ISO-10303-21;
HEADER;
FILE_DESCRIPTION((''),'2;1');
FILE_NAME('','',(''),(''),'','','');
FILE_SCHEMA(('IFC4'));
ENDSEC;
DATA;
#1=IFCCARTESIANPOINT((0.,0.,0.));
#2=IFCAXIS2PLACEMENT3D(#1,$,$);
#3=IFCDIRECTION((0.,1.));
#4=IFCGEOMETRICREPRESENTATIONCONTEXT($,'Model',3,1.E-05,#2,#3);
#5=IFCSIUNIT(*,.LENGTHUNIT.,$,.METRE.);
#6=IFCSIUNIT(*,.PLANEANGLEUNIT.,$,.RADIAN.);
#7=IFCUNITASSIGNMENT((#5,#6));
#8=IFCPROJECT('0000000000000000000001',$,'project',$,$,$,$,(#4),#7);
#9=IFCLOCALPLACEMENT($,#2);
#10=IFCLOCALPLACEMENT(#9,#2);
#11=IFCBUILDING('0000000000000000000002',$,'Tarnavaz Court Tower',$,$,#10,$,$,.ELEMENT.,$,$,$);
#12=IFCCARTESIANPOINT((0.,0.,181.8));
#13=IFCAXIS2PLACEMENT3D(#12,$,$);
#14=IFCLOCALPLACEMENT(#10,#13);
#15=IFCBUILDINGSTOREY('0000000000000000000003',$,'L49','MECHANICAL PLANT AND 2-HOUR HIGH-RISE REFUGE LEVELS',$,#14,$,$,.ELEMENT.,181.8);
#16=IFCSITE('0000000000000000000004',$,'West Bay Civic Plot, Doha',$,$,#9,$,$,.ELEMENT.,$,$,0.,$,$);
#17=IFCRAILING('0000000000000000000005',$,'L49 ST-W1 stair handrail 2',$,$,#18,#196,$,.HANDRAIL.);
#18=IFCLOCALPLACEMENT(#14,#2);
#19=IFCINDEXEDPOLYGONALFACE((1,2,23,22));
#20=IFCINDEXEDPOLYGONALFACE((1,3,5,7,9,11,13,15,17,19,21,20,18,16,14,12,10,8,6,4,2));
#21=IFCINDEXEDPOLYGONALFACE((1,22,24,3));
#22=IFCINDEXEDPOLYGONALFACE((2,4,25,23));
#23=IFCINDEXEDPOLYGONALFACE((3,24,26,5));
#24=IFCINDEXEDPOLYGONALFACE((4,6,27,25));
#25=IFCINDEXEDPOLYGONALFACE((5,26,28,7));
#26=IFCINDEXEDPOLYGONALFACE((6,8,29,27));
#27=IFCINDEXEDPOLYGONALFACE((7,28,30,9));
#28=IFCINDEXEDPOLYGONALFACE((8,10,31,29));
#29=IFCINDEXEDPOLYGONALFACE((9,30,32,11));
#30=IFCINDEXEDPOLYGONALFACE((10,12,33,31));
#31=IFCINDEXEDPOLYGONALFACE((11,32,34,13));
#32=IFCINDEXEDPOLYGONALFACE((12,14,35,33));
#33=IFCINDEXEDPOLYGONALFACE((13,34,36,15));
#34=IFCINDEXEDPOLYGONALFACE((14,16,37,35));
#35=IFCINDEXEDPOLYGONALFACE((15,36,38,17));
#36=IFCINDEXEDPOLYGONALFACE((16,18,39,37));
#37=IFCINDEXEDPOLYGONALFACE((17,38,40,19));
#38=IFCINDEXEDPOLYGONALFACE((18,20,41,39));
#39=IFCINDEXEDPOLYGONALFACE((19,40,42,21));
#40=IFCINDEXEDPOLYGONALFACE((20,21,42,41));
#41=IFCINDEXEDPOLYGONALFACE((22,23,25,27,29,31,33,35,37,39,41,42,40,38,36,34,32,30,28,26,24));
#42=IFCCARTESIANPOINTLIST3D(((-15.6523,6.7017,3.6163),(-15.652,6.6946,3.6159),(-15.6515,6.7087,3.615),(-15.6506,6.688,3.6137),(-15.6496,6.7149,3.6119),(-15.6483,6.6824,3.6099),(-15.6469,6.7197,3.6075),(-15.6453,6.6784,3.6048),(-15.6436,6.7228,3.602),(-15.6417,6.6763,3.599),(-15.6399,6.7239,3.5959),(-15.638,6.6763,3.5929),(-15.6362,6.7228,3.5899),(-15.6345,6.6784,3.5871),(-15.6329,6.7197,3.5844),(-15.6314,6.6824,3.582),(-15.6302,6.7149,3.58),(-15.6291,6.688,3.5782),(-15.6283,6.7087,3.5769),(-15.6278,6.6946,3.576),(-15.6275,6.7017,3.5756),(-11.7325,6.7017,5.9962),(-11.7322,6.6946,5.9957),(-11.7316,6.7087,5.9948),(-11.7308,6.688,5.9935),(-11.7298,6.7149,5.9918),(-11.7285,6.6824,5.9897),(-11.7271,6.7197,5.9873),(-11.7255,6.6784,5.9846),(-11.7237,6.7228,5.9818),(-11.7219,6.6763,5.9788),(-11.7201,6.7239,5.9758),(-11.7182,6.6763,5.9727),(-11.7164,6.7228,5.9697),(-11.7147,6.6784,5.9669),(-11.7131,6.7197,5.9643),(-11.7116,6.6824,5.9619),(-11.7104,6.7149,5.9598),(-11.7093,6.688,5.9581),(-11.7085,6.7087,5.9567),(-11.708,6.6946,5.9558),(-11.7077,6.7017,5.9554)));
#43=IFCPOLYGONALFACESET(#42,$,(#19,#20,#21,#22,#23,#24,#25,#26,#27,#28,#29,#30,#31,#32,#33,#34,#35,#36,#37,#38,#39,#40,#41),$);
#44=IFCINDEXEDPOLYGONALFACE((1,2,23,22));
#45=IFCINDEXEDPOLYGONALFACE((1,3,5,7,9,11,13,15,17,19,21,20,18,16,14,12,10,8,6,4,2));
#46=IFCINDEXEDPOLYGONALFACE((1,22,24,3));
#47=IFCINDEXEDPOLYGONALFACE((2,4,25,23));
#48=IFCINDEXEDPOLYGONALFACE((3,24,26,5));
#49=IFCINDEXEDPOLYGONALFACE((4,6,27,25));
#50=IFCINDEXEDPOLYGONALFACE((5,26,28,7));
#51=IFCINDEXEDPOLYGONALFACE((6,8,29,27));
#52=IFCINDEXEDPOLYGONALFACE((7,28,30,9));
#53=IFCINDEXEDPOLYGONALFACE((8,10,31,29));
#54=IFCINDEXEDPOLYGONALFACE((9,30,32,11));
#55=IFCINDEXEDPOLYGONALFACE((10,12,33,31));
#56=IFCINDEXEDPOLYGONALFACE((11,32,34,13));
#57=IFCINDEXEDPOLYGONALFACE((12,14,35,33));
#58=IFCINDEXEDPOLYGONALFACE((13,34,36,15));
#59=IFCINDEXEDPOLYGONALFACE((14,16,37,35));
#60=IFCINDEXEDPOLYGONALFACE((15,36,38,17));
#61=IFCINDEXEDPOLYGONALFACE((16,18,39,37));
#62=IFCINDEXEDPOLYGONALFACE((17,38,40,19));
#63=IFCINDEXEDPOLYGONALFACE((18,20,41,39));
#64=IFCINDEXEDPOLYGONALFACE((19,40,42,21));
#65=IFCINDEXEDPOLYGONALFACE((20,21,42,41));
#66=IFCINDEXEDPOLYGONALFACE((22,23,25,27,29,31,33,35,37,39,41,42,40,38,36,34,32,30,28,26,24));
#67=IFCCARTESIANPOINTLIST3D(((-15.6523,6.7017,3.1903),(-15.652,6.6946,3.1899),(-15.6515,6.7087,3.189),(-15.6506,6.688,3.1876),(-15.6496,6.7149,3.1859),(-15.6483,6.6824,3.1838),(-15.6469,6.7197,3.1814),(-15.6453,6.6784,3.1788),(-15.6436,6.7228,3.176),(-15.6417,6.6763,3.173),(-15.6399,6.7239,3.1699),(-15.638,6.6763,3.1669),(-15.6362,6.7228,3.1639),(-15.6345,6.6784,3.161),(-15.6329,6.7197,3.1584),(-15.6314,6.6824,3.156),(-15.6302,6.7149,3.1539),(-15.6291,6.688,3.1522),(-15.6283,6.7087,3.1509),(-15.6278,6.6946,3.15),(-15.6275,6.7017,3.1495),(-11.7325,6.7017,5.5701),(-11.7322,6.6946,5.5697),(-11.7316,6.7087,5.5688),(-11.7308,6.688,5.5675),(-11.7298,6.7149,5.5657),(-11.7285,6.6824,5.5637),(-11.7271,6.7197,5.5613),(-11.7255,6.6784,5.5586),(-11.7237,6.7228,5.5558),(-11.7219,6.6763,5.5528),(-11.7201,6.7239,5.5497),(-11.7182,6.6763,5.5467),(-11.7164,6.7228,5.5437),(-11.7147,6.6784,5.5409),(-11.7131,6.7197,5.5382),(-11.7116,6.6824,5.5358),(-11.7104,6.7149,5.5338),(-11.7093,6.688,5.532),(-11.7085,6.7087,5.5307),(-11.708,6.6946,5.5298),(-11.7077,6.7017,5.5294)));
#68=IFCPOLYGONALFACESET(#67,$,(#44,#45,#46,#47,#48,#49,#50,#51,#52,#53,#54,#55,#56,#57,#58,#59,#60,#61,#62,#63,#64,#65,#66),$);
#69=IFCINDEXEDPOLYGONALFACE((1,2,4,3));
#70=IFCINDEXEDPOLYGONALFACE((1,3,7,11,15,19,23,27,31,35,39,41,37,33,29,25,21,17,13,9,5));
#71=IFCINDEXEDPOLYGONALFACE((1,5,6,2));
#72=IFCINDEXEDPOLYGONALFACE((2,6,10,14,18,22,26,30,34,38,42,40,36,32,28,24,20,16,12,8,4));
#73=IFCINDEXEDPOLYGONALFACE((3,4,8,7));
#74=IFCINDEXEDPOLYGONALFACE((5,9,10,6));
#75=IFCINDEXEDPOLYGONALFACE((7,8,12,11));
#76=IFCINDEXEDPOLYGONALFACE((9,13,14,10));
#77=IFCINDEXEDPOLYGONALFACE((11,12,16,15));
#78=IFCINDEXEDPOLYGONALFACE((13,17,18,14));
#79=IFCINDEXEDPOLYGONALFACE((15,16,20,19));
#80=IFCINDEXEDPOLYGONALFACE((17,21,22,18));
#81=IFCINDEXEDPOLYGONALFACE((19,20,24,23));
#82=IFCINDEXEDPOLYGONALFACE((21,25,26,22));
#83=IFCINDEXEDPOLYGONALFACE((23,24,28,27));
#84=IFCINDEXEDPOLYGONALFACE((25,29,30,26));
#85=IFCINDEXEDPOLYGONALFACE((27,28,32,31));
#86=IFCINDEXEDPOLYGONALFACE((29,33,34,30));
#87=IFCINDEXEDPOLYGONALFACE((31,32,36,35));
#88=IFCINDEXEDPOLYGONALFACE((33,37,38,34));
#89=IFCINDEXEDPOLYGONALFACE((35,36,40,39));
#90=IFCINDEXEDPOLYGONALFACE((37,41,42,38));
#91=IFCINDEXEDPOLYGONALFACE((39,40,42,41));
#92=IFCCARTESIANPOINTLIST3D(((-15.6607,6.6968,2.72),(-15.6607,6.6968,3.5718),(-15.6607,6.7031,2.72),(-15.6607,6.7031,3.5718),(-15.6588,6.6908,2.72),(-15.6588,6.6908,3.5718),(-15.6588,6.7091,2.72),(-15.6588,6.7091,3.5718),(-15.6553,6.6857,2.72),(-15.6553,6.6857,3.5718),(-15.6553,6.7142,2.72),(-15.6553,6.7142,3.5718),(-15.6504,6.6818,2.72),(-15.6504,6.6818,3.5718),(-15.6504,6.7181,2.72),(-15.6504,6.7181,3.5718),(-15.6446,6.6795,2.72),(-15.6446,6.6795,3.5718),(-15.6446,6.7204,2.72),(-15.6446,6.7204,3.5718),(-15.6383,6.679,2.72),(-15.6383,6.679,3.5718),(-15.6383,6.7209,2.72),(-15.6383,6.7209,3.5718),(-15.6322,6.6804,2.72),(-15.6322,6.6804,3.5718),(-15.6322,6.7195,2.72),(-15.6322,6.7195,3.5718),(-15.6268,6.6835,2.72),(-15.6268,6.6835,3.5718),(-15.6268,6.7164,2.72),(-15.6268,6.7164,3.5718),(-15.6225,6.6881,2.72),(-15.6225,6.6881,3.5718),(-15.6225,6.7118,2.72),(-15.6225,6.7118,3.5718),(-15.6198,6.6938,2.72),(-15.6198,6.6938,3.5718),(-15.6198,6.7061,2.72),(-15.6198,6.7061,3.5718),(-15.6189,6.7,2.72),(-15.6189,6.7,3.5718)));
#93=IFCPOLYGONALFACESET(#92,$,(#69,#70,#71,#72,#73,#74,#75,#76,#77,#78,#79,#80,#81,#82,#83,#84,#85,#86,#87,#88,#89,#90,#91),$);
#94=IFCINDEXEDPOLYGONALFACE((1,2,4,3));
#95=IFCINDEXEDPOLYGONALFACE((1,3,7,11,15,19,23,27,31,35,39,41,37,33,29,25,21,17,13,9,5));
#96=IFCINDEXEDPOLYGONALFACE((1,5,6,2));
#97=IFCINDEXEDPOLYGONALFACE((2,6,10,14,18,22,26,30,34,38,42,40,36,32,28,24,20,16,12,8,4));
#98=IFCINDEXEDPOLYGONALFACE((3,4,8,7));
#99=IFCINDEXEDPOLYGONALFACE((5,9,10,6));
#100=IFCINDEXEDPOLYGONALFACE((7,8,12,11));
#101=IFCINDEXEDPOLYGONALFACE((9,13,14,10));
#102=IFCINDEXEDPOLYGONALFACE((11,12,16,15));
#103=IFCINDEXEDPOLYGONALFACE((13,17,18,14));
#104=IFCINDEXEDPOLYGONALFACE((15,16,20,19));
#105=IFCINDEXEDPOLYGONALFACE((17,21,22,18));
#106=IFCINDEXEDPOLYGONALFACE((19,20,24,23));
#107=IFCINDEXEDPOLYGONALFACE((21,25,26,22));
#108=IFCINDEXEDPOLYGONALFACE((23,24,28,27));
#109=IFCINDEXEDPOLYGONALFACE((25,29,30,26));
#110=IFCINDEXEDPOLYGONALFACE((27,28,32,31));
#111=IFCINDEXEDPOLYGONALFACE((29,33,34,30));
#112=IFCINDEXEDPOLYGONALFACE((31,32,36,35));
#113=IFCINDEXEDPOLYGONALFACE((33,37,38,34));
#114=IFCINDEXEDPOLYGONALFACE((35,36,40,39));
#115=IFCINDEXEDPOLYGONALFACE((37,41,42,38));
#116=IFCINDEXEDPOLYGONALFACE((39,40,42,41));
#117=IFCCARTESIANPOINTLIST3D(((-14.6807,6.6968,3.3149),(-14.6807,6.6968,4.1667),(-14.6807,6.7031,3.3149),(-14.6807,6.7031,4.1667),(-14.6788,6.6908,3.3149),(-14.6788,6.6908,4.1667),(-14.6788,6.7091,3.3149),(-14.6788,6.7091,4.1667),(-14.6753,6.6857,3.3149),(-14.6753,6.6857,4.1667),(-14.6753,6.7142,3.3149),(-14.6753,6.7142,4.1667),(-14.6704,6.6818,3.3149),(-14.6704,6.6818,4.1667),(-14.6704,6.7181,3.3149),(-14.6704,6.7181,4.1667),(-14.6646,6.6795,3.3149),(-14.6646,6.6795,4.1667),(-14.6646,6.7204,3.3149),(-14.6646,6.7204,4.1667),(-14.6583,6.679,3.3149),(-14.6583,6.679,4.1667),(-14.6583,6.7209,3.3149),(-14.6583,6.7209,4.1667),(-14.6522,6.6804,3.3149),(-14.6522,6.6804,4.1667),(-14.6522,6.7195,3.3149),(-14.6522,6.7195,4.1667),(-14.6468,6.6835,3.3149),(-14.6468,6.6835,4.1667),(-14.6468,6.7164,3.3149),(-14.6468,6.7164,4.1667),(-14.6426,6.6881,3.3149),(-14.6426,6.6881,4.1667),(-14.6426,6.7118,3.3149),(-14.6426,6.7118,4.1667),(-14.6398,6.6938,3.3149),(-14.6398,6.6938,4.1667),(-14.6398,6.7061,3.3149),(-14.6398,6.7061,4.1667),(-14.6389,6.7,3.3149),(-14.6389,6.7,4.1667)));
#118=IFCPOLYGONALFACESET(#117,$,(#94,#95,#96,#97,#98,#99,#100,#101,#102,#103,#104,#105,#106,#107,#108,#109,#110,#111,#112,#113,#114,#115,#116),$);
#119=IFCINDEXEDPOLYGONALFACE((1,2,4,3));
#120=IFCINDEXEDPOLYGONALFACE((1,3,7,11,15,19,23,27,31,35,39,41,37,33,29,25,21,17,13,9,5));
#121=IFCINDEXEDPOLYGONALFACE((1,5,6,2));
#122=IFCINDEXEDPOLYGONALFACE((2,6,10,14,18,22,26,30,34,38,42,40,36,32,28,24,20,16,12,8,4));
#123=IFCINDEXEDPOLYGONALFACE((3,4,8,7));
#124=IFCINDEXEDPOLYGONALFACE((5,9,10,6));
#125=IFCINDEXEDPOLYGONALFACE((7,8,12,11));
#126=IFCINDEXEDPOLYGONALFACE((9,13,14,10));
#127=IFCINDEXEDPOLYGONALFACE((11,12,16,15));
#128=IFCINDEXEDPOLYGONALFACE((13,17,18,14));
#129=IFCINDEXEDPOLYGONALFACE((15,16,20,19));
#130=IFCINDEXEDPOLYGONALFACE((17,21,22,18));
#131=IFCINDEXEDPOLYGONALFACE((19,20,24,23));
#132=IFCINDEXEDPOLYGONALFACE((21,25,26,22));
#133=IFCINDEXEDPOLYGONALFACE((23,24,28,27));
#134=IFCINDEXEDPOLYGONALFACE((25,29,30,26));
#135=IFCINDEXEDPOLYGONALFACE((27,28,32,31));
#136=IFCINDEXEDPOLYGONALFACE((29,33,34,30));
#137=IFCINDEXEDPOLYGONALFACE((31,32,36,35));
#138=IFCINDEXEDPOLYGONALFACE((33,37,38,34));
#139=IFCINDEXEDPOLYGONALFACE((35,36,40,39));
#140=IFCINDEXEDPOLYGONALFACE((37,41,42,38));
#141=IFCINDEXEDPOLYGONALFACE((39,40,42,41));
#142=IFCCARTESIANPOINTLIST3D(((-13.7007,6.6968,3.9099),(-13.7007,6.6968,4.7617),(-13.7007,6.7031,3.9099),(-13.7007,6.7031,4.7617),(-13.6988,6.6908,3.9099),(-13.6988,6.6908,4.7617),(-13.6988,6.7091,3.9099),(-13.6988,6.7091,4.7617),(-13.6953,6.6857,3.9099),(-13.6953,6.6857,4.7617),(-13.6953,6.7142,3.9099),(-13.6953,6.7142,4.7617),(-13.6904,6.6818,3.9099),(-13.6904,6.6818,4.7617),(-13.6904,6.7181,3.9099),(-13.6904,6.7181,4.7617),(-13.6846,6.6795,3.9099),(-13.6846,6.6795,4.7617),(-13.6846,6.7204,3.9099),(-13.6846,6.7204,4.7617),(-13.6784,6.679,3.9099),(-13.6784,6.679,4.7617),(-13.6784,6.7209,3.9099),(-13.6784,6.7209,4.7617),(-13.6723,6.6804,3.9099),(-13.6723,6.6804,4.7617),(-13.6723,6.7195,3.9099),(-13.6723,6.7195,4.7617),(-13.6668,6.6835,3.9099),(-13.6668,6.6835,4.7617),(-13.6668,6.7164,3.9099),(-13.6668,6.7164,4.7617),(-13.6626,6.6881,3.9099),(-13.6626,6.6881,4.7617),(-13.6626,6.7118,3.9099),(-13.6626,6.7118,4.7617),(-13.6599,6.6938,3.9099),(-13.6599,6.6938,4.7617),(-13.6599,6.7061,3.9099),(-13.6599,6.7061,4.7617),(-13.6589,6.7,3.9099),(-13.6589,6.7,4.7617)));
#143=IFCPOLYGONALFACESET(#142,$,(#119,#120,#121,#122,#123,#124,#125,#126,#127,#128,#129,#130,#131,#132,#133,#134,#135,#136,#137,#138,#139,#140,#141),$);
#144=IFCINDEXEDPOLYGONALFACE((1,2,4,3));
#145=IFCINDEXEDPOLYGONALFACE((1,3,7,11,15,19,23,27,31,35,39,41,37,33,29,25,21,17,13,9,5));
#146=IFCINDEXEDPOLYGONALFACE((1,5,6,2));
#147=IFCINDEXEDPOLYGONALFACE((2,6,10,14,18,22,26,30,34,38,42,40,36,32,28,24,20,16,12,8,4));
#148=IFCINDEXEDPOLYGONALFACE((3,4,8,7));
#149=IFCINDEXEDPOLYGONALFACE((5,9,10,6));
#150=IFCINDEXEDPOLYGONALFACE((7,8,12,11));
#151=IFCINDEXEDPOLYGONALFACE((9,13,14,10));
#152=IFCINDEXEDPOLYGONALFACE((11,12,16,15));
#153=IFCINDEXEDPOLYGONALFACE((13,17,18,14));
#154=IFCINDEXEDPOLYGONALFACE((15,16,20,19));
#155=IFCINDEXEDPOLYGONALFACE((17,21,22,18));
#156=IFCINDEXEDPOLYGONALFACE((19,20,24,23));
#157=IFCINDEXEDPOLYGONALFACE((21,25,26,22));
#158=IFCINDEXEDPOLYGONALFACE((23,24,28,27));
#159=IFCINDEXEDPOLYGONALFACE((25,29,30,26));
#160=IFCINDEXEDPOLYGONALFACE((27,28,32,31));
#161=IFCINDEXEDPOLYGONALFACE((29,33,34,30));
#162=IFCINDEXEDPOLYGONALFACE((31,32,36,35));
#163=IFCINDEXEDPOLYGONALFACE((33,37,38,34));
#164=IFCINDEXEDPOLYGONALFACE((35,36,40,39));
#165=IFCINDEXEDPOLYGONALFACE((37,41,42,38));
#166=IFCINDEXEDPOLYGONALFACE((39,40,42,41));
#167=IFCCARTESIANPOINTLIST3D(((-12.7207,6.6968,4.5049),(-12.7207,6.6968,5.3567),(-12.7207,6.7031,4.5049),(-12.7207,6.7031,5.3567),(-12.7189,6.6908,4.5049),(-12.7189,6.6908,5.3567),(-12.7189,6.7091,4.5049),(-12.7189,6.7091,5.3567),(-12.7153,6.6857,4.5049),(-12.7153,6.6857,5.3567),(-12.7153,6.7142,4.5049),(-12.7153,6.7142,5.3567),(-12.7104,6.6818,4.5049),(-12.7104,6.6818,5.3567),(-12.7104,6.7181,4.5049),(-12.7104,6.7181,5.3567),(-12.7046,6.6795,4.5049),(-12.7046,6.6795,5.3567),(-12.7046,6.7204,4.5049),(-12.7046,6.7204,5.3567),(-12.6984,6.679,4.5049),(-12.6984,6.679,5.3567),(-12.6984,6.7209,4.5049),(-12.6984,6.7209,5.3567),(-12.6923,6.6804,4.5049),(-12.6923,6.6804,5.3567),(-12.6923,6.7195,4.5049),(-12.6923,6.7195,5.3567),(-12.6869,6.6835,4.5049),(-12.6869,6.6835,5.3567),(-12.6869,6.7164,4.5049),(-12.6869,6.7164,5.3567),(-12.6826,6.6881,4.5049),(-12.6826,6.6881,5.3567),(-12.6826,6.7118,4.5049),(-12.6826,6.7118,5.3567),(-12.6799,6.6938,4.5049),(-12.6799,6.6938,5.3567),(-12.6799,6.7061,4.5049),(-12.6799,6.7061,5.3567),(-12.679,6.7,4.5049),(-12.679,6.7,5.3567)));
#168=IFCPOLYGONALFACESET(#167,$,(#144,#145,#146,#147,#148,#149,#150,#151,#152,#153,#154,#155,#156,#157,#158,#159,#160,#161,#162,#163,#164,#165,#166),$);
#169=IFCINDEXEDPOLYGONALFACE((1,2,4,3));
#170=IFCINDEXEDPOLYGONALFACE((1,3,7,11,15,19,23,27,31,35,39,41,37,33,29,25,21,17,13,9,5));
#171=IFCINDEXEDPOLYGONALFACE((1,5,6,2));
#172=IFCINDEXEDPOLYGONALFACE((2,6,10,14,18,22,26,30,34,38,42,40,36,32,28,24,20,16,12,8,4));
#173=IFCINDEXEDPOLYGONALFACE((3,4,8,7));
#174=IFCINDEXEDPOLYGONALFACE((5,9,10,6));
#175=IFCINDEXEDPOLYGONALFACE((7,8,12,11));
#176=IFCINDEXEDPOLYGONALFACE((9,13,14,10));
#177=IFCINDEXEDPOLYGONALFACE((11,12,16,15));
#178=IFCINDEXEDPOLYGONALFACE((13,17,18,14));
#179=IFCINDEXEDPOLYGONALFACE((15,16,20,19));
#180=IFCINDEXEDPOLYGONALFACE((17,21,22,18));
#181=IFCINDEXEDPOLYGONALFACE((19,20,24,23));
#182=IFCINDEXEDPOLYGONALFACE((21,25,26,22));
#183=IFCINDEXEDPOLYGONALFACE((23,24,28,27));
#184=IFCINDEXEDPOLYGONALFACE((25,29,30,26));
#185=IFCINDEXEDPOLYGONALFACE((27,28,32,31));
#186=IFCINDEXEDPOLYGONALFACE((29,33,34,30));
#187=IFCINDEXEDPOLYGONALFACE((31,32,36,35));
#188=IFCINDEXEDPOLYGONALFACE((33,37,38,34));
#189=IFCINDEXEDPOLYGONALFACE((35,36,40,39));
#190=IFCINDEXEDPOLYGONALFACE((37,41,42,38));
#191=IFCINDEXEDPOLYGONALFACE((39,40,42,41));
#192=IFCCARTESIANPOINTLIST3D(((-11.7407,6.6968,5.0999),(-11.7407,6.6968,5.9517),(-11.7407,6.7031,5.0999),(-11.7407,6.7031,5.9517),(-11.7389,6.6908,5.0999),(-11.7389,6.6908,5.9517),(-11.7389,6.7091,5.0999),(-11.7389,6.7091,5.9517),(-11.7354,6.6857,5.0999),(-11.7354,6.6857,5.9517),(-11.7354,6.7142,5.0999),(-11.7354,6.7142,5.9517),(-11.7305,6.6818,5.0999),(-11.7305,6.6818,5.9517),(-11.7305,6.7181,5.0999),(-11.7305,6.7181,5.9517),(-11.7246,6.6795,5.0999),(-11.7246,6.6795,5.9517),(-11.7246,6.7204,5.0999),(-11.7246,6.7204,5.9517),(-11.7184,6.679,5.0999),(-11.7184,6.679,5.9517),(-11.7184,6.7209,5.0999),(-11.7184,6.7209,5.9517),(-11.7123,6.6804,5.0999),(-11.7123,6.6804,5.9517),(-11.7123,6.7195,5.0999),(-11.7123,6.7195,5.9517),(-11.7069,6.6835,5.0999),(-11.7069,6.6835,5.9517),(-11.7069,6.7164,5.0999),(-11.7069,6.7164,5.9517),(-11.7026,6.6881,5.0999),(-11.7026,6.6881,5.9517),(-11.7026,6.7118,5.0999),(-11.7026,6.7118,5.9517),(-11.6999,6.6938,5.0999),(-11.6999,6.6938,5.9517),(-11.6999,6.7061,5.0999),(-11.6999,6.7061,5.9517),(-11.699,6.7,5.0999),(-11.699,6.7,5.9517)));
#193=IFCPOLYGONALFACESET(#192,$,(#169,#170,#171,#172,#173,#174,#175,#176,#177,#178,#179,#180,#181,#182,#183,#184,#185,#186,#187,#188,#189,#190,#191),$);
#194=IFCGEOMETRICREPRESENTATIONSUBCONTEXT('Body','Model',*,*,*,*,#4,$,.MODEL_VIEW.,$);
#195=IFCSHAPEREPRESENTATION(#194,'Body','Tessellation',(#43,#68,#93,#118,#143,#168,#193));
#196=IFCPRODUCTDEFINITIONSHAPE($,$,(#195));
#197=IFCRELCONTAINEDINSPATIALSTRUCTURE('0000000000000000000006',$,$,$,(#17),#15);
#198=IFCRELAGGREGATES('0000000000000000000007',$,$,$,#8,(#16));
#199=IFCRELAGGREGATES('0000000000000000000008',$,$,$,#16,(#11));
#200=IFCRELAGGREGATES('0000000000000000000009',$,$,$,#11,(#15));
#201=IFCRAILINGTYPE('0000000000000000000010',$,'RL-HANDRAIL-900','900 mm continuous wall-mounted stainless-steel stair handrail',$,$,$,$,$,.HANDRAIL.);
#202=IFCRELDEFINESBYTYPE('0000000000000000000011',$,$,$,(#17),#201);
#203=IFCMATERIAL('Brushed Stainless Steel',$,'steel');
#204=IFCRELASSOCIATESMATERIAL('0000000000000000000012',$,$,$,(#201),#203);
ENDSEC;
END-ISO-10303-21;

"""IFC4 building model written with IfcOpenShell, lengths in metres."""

from ifc_helpers import new_model, si_unit, direction, frame, origin, origin_2d, place, context, subcontext, project, spatial, circle, extrude, material, type_object, element, save


model = new_model("IFC4")

# Units and contexts
model_context = context("Model", 3, precision=1e-05, world=origin(), true_north=direction((0.0, 1.0)))
body_context = subcontext(model_context, "Body", "Model", "MODEL_VIEW")
ifc_project = project(units=[si_unit("LENGTHUNIT", "METRE"), si_unit("PLANEANGLEUNIT", "RADIAN")], contexts=[model_context])

# Site, building, storey
site_placement = place(None, origin())
site = spatial("IfcSite", under=ifc_project, at=site_placement, Name="West Bay Civic Plot, Doha", CompositionType="ELEMENT", RefElevation=0.0)
building_placement = place(site_placement, origin())
building = spatial("IfcBuilding", under=site, at=building_placement, Name="Tarnavaz Court Tower", CompositionType="ELEMENT")
storey_placement = place(building_placement, frame((0.0, 0.0, 181.8)))
storey = spatial("IfcBuildingStorey", under=building, at=storey_placement, Name="L49", Description="MECHANICAL PLANT AND 2-HOUR HIGH-RISE REFUGE LEVELS", CompositionType="ELEMENT", Elevation=181.8)

# Railing
ifc_material_1 = material(Name="Brushed Stainless Steel", Category="steel")
railing_type = type_object("IfcRailingType", Name="RL-HANDRAIL-900", Description="900 mm continuous wall-mounted stainless-steel stair handrail", PredefinedType="HANDRAIL", material=ifc_material_1)
railing_placement = place(storey_placement, frame((-15.6399, 6.7, 2.72)))
element("IfcRailing", 1, at=railing_placement, inside=storey, type_object=railing_type, Name="L49 ST-W1 stair handrail 2", PredefinedType="HANDRAIL", context=body_context, shape_type="SweptSolid", body=[
    extrude(circle(Radius=0.0239, at=origin_2d()), frame((0.0, 0.0, 0.876), z_axis=(0.854794, 0.0, 0.518967), x_axis=(0.0, 1.0, 0.0)), (0.0, 0.0, 1.0), 4.5857),
    extrude(circle(Radius=0.0239, at=origin_2d()), frame((0.0, 0.0, 0.45), z_axis=(0.854794, 0.0, 0.518967), x_axis=(0.0, 1.0, 0.0)), (0.0, 0.0, 1.0), 4.5857),
    extrude(circle(Radius=0.021, at=origin_2d()), origin(), (0.0, 0.0, 1.0), 0.8518),
    extrude(circle(Radius=0.021, at=origin_2d()), frame((0.98, 0.0, 0.595)), (0.0, 0.0, 1.0), 0.8518),
    extrude(circle(Radius=0.021, at=origin_2d()), frame((1.96, 0.0, 1.1899)), (0.0, 0.0, 1.0), 0.8518),
    extrude(circle(Radius=0.021, at=origin_2d()), frame((2.9399, 0.0, 1.7849)), (0.0, 0.0, 1.0), 0.8518),
    extrude(circle(Radius=0.021, at=origin_2d()), frame((3.9199, 0.0, 2.3799)), (0.0, 0.0, 1.0), 0.8518),
])

save(model, "model.ifc")
